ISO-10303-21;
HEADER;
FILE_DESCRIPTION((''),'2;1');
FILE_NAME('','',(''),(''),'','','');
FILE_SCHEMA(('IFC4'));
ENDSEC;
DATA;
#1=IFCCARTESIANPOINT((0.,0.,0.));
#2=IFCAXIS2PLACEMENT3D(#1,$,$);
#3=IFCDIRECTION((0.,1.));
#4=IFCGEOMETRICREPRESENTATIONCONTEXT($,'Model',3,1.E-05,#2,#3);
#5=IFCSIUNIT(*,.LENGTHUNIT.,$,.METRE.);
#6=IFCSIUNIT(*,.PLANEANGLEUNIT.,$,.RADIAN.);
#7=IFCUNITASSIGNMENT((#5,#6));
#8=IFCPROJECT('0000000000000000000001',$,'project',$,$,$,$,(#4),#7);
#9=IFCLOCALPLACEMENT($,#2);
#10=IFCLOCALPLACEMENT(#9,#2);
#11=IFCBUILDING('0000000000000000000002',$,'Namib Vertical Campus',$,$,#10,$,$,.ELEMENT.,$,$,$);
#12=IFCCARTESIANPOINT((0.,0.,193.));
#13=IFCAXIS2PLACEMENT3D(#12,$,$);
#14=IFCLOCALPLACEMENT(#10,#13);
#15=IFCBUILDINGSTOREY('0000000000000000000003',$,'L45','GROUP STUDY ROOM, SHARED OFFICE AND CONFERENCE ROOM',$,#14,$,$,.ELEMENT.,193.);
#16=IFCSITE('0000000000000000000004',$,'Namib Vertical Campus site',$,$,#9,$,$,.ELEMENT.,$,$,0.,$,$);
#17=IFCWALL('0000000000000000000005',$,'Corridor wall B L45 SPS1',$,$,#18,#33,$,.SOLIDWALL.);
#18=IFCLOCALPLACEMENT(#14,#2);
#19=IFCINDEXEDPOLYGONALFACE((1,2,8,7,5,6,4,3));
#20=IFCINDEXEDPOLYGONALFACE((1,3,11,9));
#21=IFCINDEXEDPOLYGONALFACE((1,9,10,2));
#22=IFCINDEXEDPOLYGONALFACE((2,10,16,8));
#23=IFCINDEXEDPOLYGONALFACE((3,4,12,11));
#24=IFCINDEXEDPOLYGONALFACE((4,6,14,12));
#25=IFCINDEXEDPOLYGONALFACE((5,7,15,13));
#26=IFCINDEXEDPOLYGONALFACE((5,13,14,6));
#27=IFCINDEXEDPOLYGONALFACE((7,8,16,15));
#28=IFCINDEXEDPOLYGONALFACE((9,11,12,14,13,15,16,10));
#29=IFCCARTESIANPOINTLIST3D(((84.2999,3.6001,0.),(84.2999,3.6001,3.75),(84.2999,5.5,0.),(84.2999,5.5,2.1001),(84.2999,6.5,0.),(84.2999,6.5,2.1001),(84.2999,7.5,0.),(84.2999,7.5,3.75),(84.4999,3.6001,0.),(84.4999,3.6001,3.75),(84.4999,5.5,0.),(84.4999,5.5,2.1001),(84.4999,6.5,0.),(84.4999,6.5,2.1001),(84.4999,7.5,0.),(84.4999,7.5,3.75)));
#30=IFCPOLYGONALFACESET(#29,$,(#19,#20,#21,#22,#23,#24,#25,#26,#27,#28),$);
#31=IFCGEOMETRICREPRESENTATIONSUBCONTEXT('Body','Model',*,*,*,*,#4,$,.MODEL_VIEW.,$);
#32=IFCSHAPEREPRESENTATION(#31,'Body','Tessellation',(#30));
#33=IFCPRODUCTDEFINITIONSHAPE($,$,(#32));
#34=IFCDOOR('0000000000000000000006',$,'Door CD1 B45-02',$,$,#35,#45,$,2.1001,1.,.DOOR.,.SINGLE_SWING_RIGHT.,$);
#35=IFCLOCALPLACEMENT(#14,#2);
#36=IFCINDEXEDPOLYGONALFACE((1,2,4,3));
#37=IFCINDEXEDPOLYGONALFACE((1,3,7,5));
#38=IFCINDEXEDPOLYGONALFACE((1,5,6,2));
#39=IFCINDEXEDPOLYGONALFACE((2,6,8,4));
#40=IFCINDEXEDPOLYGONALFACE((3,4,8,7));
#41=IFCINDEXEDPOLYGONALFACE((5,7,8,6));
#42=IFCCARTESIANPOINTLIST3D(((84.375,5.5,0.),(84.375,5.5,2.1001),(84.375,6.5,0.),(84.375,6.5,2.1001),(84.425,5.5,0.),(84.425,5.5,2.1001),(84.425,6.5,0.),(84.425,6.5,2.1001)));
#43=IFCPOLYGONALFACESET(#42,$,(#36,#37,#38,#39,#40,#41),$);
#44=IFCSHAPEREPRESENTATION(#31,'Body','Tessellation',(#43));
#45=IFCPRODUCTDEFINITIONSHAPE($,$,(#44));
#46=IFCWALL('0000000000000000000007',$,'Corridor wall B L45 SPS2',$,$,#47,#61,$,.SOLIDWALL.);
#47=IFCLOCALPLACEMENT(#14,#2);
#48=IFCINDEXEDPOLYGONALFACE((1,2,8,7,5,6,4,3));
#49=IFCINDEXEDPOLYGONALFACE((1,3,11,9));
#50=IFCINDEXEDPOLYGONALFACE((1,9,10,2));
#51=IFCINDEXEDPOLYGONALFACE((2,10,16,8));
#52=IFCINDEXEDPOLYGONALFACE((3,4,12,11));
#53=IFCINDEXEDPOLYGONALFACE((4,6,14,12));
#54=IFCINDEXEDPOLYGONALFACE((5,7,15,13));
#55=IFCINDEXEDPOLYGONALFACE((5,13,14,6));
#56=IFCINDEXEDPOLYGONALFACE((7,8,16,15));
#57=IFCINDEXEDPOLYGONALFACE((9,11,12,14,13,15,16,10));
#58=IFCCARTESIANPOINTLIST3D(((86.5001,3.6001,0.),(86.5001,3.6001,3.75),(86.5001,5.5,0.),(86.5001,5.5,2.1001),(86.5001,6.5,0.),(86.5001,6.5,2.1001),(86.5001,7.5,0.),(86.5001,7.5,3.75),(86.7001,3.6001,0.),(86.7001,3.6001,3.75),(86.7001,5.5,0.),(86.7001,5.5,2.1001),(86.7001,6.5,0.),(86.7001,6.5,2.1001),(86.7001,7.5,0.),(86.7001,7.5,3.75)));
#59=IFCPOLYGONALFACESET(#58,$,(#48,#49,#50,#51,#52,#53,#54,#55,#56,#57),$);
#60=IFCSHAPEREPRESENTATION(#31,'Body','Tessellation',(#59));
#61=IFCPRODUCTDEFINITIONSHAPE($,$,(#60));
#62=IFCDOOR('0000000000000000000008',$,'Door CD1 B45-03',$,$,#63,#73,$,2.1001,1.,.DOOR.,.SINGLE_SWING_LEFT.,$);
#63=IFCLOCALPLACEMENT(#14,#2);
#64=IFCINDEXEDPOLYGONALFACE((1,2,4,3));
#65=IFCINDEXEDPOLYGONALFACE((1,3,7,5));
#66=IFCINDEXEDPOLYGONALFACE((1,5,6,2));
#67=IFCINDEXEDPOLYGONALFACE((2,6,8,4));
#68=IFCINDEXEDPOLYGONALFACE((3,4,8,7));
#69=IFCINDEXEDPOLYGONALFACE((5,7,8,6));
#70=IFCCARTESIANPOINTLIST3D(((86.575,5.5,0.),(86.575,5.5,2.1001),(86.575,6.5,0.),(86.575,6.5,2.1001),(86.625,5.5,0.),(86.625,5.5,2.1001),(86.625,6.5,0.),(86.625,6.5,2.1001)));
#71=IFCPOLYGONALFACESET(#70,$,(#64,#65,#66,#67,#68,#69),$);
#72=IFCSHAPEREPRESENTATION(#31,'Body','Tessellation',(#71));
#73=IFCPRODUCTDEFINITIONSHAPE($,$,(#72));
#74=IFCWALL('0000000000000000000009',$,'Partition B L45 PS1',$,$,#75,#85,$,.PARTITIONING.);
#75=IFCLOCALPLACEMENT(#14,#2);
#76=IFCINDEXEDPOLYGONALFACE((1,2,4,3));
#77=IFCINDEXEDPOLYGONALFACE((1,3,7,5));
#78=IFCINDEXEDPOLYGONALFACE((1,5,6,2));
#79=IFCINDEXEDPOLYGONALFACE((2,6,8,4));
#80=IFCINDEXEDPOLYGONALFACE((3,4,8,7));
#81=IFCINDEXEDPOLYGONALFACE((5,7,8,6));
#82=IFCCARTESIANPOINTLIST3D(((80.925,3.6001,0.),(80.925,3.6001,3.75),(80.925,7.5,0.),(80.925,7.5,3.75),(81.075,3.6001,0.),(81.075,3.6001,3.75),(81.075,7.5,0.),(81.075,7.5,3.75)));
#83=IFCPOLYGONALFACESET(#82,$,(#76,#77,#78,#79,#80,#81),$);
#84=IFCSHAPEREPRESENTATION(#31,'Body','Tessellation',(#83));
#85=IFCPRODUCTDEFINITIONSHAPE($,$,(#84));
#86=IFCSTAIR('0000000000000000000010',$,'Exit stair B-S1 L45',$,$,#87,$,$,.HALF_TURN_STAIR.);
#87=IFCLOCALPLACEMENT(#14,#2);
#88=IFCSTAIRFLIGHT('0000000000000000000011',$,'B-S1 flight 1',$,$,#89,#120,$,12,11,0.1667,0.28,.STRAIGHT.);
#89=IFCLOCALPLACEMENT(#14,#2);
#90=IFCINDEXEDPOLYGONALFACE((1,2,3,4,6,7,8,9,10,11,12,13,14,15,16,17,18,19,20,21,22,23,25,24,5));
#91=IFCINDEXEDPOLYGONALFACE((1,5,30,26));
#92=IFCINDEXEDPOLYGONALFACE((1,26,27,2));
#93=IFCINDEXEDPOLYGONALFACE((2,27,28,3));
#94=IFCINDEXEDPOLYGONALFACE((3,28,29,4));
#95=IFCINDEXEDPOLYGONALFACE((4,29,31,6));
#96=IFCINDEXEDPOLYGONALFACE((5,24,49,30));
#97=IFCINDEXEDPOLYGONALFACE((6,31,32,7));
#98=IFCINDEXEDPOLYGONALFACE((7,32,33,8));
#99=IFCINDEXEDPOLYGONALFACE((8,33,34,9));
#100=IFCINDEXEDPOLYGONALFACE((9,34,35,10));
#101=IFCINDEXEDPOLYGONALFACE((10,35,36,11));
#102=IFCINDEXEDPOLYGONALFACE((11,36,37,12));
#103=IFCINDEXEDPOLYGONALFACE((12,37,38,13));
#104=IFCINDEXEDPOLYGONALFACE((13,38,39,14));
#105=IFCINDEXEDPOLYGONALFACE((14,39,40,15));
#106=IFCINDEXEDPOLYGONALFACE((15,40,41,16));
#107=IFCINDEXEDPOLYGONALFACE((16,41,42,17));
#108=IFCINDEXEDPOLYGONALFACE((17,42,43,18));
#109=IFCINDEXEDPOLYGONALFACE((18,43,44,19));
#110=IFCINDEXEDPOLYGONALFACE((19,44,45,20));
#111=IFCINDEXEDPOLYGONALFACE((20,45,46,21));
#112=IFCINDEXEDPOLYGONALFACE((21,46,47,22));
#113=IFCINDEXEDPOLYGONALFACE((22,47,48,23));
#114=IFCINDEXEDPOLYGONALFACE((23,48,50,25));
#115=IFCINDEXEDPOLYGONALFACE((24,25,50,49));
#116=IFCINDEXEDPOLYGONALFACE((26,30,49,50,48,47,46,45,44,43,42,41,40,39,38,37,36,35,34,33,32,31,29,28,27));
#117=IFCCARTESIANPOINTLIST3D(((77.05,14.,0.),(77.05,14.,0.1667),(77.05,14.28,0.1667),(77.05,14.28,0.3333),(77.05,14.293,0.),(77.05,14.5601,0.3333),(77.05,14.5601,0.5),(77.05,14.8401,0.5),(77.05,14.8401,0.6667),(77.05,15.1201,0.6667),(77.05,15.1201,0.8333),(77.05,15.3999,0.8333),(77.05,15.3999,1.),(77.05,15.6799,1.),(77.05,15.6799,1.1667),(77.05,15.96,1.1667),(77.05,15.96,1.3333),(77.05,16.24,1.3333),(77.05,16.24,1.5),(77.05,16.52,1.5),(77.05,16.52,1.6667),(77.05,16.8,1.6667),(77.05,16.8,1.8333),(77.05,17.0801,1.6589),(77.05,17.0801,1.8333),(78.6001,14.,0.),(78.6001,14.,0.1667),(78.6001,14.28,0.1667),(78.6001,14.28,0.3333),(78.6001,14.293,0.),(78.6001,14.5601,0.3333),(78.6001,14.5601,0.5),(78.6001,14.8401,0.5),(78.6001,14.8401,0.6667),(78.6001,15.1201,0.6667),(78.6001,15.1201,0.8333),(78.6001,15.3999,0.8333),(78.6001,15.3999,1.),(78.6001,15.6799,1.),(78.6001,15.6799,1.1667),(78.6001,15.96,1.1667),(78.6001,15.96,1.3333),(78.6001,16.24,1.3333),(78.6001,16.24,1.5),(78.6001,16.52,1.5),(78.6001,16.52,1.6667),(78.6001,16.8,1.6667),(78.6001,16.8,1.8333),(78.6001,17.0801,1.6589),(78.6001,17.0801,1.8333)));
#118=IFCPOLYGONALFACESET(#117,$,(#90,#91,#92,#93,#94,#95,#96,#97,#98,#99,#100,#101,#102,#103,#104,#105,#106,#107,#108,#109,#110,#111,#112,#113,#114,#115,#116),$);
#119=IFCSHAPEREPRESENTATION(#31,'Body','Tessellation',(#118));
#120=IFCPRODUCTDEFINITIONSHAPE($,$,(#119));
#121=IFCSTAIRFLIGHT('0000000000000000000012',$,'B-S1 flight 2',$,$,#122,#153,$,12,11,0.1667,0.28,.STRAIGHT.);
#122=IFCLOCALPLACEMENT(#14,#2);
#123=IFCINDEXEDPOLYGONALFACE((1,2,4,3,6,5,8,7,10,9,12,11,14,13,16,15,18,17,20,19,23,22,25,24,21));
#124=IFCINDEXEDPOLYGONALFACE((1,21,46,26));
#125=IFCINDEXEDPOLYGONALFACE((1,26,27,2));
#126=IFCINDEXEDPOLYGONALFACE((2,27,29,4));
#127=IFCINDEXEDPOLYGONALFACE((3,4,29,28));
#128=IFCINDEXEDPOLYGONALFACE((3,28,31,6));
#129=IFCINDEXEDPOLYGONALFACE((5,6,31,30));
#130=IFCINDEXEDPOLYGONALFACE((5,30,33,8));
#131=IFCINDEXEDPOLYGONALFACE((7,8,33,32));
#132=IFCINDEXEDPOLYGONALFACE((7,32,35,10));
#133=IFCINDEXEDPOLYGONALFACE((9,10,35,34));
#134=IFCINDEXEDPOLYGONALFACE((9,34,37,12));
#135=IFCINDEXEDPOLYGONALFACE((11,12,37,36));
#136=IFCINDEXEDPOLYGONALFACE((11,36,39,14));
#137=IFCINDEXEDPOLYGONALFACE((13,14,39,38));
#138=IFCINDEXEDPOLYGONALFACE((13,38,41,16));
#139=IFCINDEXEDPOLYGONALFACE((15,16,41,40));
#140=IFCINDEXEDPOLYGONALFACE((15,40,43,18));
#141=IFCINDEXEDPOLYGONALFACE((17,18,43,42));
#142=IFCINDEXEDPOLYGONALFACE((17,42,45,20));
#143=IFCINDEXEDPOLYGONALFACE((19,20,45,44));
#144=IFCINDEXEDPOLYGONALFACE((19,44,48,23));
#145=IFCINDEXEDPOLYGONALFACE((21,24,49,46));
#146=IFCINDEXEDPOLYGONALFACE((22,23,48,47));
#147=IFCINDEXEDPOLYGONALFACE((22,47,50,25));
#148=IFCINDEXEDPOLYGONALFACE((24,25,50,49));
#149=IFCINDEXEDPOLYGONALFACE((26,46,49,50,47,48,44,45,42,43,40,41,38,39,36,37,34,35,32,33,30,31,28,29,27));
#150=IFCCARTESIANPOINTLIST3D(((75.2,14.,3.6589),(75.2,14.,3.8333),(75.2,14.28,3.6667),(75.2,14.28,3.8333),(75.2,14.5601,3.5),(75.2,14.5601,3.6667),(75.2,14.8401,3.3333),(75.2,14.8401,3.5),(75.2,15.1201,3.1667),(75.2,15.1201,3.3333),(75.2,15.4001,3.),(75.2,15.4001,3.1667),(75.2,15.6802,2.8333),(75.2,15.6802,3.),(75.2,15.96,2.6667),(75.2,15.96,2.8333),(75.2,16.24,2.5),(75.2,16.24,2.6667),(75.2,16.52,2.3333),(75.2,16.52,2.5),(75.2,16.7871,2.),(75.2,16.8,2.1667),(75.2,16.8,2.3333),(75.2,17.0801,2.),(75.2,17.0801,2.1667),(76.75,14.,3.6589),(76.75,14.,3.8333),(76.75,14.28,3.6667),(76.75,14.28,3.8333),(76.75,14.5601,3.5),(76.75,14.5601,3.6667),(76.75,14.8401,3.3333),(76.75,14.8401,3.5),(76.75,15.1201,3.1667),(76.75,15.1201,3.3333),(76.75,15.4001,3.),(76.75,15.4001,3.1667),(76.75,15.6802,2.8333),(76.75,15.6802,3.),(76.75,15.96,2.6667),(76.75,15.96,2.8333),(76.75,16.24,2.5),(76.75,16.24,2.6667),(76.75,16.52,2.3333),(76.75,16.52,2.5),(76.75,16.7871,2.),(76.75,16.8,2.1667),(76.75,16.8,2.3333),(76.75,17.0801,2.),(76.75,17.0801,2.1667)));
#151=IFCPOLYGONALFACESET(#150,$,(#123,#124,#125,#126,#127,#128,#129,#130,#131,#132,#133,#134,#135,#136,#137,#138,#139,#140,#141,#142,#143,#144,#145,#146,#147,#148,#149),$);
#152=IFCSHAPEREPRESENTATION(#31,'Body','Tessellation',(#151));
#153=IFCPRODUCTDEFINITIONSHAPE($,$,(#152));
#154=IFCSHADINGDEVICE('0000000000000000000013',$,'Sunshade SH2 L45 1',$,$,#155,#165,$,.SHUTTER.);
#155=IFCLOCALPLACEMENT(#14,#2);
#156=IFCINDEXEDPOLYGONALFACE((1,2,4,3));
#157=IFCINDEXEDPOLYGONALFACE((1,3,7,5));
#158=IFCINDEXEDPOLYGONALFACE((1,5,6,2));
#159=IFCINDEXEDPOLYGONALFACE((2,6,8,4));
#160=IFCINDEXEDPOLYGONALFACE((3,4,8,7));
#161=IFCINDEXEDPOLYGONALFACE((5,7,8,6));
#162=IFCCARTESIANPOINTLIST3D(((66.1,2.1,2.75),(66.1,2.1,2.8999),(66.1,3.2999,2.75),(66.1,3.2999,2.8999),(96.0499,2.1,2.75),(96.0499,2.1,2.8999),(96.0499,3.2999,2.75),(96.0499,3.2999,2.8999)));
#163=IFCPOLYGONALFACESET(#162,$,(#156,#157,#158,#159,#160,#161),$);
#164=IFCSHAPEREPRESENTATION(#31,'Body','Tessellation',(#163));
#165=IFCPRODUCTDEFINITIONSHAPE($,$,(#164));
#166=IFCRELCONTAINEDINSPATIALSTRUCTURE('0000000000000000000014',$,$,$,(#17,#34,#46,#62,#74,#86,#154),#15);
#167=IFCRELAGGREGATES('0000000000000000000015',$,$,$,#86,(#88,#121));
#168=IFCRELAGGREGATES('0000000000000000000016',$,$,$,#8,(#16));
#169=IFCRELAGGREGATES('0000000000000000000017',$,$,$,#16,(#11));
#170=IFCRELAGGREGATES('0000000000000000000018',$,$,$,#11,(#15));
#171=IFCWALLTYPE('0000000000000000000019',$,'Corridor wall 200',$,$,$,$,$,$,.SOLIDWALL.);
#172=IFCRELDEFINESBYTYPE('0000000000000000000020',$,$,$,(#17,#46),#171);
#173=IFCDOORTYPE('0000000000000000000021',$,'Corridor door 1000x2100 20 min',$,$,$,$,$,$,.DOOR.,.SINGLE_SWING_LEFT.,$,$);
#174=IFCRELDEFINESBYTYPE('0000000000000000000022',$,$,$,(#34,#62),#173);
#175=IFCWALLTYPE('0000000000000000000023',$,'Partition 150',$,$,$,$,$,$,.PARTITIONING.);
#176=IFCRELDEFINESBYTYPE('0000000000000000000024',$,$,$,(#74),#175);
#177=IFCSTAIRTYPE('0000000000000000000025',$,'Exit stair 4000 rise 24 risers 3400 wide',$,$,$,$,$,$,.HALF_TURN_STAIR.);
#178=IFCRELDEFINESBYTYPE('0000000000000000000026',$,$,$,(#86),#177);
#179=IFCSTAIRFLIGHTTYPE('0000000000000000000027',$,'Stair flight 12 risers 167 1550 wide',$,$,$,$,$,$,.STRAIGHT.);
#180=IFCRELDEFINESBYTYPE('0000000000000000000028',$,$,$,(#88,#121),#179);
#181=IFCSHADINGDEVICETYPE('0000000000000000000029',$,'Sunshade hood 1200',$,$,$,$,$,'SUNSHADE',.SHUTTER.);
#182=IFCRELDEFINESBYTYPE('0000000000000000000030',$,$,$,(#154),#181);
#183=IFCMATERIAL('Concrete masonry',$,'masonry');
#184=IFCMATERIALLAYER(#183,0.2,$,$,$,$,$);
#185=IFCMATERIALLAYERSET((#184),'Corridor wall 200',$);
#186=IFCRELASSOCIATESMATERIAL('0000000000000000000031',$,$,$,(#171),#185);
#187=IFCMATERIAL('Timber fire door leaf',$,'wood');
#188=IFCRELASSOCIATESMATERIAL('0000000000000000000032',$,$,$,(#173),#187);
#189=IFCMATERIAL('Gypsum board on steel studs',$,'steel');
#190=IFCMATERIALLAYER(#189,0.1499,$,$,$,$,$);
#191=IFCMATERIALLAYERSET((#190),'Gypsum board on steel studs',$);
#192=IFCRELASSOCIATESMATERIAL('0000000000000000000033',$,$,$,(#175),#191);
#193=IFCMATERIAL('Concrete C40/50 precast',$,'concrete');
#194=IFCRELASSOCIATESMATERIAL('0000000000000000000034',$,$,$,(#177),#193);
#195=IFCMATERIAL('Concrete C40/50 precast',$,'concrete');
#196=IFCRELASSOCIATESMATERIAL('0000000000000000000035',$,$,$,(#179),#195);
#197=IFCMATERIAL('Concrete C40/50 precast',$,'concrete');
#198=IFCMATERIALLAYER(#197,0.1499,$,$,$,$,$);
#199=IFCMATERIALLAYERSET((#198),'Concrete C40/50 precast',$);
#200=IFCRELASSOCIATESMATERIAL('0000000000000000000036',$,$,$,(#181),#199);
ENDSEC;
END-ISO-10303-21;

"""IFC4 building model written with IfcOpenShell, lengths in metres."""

from ifc_helpers import new_model, si_unit, direction, frame, frame_2d, origin, origin_2d, place, context, subcontext, project, spatial, polyline, rectangle, outline, extrude, material, layer, layer_set, type_object, element, fill, aggregate, save


model = new_model("IFC4")

# Units and contexts
model_context = context("Model", 3, precision=1e-05, world=origin(), true_north=direction((0.0, 1.0)))
body_context = subcontext(model_context, "Body", "Model", "MODEL_VIEW")
ifc_project = project(units=[si_unit("LENGTHUNIT", "METRE"), si_unit("PLANEANGLEUNIT", "RADIAN")], contexts=[model_context])

# Site, building, storey
site_placement = place(None, origin())
site = spatial("IfcSite", under=ifc_project, at=site_placement, Name="Namib Vertical Campus site", CompositionType="ELEMENT", RefElevation=0.0)
building_placement = place(site_placement, origin())
building = spatial("IfcBuilding", under=site, at=building_placement, Name="Namib Vertical Campus", CompositionType="ELEMENT")
storey_placement = place(building_placement, frame((0.0, 0.0, 193.0)))
storey = spatial("IfcBuildingStorey", under=building, at=storey_placement, Name="L45", Description="GROUP STUDY ROOM, SHARED OFFICE AND CONFERENCE ROOM", CompositionType="ELEMENT", Elevation=193.0)

# Walls, openings, doors
ifc_material_1 = material(Name="Concrete masonry", Category="masonry")
ifc_layer_1 = layer(ifc_material_1, 0.2)
ifc_layer_set_1 = layer_set([ifc_layer_1], Name="Corridor wall 200")
wall_type_1 = type_object("IfcWallType", Name="Corridor wall 200", PredefinedType="SOLIDWALL", material=ifc_layer_set_1)
wall_1_placement = place(storey_placement, frame((84.3999, 3.6001, 0.0), z_axis=(0.0, 0.0, 1.0), x_axis=(0.0, 1.0, 0.0)))
wall_1 = element("IfcWall", 1, at=wall_1_placement, inside=storey, type_object=wall_type_1, Name="Corridor wall B L45 SPS1", PredefinedType="SOLIDWALL", context=body_context, shape_type="SweptSolid", body=[
    extrude(rectangle(XDim=3.8999, YDim=0.2, at=frame_2d((1.95, 0.0))), origin(), (0.0, 0.0, 1.0), 3.75),
])
opening_1_placement = place(wall_1_placement, frame((1.8999, 0.0, 0.0)))
opening_1 = element("IfcOpeningElement", 2, at=opening_1_placement, cuts=wall_1, PredefinedType="OPENING", context=body_context, shape_type="SweptSolid", body=[
    extrude(rectangle(XDim=1.0, YDim=2.1001, at=frame_2d((0.5, 1.05))), frame((0.0, 0.1099, 0.0), z_axis=(0.0, -1.0, 0.0), x_axis=(1.0, 0.0, 0.0)), (0.0, 0.0, 1.0), 0.22),
])
ifc_material_2 = material(Name="Timber fire door leaf", Category="wood")
door_type_1 = type_object("IfcDoorType", Name="Corridor door 1000x2100 20 min", OperationType="SINGLE_SWING_LEFT", PredefinedType="DOOR", material=ifc_material_2)
door_1_placement = place(opening_1_placement, origin())
door_1 = element("IfcDoor", 3, at=door_1_placement, inside=storey, type_object=door_type_1, Name="Door CD1 B45-02", OperationType="SINGLE_SWING_RIGHT", OverallHeight=2.1001, OverallWidth=1.0, PredefinedType="DOOR", context=body_context, shape_type="SweptSolid", body=[
    extrude(rectangle(XDim=1.0, YDim=2.1001, at=frame_2d((0.5, 1.05))), frame((0.0, 0.0249, 0.0), z_axis=(0.0, -1.0, 0.0), x_axis=(1.0, 0.0, 0.0)), (0.0, 0.0, 1.0), 0.05),
])
fill(opening_1, door_1)
wall_2_placement = place(storey_placement, frame((86.6001, 7.5, 0.0), z_axis=(0.0, 0.0, 1.0), x_axis=(0.0, -1.0, 0.0)))
wall_2 = element("IfcWall", 4, at=wall_2_placement, inside=storey, type_object=wall_type_1, Name="Corridor wall B L45 SPS2", PredefinedType="SOLIDWALL", context=body_context, shape_type="SweptSolid", body=[
    extrude(rectangle(XDim=3.8999, YDim=0.2, at=frame_2d((1.95, 0.0))), origin(), (0.0, 0.0, 1.0), 3.75),
])
opening_2_placement = place(wall_2_placement, frame((1.0, 0.0, 0.0)))
opening_2 = element("IfcOpeningElement", 5, at=opening_2_placement, cuts=wall_2, PredefinedType="OPENING", context=body_context, shape_type="SweptSolid", body=[
    extrude(rectangle(XDim=1.0, YDim=2.1001, at=frame_2d((0.5, 1.05))), frame((0.0, 0.1099, 0.0), z_axis=(0.0, -1.0, 0.0), x_axis=(1.0, 0.0, 0.0)), (0.0, 0.0, 1.0), 0.22),
])
door_2_placement = place(opening_2_placement, origin())
door_2 = element("IfcDoor", 6, at=door_2_placement, inside=storey, type_object=door_type_1, Name="Door CD1 B45-03", OperationType="SINGLE_SWING_LEFT", OverallHeight=2.1001, OverallWidth=1.0, PredefinedType="DOOR", context=body_context, shape_type="SweptSolid", body=[
    extrude(rectangle(XDim=1.0, YDim=2.1001, at=frame_2d((0.5, 1.05))), frame((0.0, 0.0249, 0.0), z_axis=(0.0, -1.0, 0.0), x_axis=(1.0, 0.0, 0.0)), (0.0, 0.0, 1.0), 0.05),
])
fill(opening_2, door_2)

# Wall
ifc_material_3 = material(Name="Gypsum board on steel studs", Category="steel")
ifc_layer_2 = layer(ifc_material_3, 0.1499)
ifc_layer_set_2 = layer_set([ifc_layer_2], Name="Gypsum board on steel studs")
wall_type_2 = type_object("IfcWallType", Name="Partition 150", PredefinedType="PARTITIONING", material=ifc_layer_set_2)
wall_3_placement = place(storey_placement, frame((81.0, 3.6001, 0.0), z_axis=(0.0, 0.0, 1.0), x_axis=(0.0, 1.0, 0.0)))
element("IfcWall", 7, at=wall_3_placement, inside=storey, type_object=wall_type_2, Name="Partition B L45 PS1", PredefinedType="PARTITIONING", context=body_context, shape_type="SweptSolid", body=[
    extrude(rectangle(XDim=3.8999, YDim=0.1499, at=frame_2d((1.95, 0.0))), origin(), (0.0, 0.0, 1.0), 3.75),
])

# Stair, stair flights
ifc_material_4 = material(Name="Concrete C40/50 precast", Category="concrete")
stair_type = type_object("IfcStairType", Name="Exit stair 4000 rise 24 risers 3400 wide", PredefinedType="HALF_TURN_STAIR", material=ifc_material_4)
stair_placement = place(storey_placement, origin())
stair = element("IfcStair", 8, at=stair_placement, inside=storey, type_object=stair_type, Name="Exit stair B-S1 L45", PredefinedType="HALF_TURN_STAIR")
ifc_material_5 = material(Name="Concrete C40/50 precast", Category="concrete")
stair_flight_type = type_object("IfcStairFlightType", Name="Stair flight 12 risers 167 1550 wide", PredefinedType="STRAIGHT", material=ifc_material_5)
stair_flight_1_placement = place(storey_placement, frame((77.825, 14.0, 0.0), z_axis=(0.0, 0.0, 1.0), x_axis=(0.0, 1.0, 0.0)))
stair_flight_1 = element("IfcStairFlight", 9, at=stair_flight_1_placement, type_object=stair_flight_type, Name="B-S1 flight 1", NumberOfRisers=12, NumberOfTreads=11, PredefinedType="STRAIGHT", RiserHeight=0.1667, TreadLength=0.28, context=body_context, shape_type="SweptSolid", body=[
    extrude(outline(polyline([(0.0, 0.0), (0.0, 0.1667), (0.28, 0.1667), (0.28, 0.3333), (0.5601, 0.3333), (0.5601, 0.5), (0.8401, 0.5), (0.8401, 0.6667), (1.1201, 0.6667), (1.1201, 0.8333), (1.3999, 0.8333), (1.3999, 1.0), (1.6799, 1.0), (1.6799, 1.1667), (1.96, 1.1667), (1.96, 1.3333), (2.24, 1.3333), (2.24, 1.5), (2.52, 1.5), (2.52, 1.6667), (2.8, 1.6667), (2.8, 1.8333), (3.0801, 1.8333), (3.0801, 2.0), (3.0801, 1.6589), (0.293, 0.0), (0.0, 0.0)])), frame((0.0, 0.7749, 0.0), z_axis=(0.0, -1.0, 0.0), x_axis=(1.0, 0.0, 0.0)), (0.0, 0.0, 1.0), 1.55),
])
stair_flight_2_placement = place(storey_placement, frame((75.9751, 17.0801, 2.0), z_axis=(0.0, 0.0, 1.0), x_axis=(0.0, -1.0, 0.0)))
stair_flight_2 = element("IfcStairFlight", 10, at=stair_flight_2_placement, type_object=stair_flight_type, Name="B-S1 flight 2", NumberOfRisers=12, NumberOfTreads=11, PredefinedType="STRAIGHT", RiserHeight=0.1667, TreadLength=0.28, context=body_context, shape_type="SweptSolid", body=[
    extrude(outline(polyline([(0.0, 0.0), (0.0, 0.1667), (0.28, 0.1667), (0.28, 0.3333), (0.5601, 0.3333), (0.5601, 0.5), (0.8401, 0.5), (0.8401, 0.6667), (1.1201, 0.6667), (1.1201, 0.8333), (1.3999, 0.8333), (1.3999, 1.0), (1.6799, 1.0), (1.6799, 1.1667), (1.96, 1.1667), (1.96, 1.3333), (2.24, 1.3333), (2.24, 1.5), (2.52, 1.5), (2.52, 1.6667), (2.8, 1.6667), (2.8, 1.8333), (3.0801, 1.8333), (3.0801, 2.0), (3.0801, 1.6589), (0.293, 0.0), (0.0, 0.0)])), frame((0.0, 0.7749, 0.0), z_axis=(0.0, -1.0, 0.0), x_axis=(1.0, 0.0, 0.0)), (0.0, 0.0, 1.0), 1.55),
])
aggregate(stair, [stair_flight_1, stair_flight_2])

# Shading device
ifc_material_6 = material(Name="Concrete C40/50 precast", Category="concrete")
ifc_layer_3 = layer(ifc_material_6, 0.1499)
ifc_layer_set_3 = layer_set([ifc_layer_3], Name="Concrete C40/50 precast")
shading_device_type = type_object("IfcShadingDeviceType", Name="Sunshade hood 1200", ElementType="SUNSHADE", PredefinedType="SHUTTER", material=ifc_layer_set_3)
shading_device_placement = place(storey_placement, frame((81.075, 2.7, 2.75), z_axis=(0.0, 0.0, 1.0), x_axis=(1.0, 0.0, 0.0)))
element("IfcShadingDevice", 11, at=shading_device_placement, inside=storey, type_object=shading_device_type, Name="Sunshade SH2 L45 1", PredefinedType="SHUTTER", context=body_context, shape_type="SweptSolid", body=[
    extrude(rectangle(XDim=29.95, YDim=1.2, at=origin_2d()), origin(), (0.0, 0.0, 1.0), 0.1499),
])

save(model, "model.ifc")
